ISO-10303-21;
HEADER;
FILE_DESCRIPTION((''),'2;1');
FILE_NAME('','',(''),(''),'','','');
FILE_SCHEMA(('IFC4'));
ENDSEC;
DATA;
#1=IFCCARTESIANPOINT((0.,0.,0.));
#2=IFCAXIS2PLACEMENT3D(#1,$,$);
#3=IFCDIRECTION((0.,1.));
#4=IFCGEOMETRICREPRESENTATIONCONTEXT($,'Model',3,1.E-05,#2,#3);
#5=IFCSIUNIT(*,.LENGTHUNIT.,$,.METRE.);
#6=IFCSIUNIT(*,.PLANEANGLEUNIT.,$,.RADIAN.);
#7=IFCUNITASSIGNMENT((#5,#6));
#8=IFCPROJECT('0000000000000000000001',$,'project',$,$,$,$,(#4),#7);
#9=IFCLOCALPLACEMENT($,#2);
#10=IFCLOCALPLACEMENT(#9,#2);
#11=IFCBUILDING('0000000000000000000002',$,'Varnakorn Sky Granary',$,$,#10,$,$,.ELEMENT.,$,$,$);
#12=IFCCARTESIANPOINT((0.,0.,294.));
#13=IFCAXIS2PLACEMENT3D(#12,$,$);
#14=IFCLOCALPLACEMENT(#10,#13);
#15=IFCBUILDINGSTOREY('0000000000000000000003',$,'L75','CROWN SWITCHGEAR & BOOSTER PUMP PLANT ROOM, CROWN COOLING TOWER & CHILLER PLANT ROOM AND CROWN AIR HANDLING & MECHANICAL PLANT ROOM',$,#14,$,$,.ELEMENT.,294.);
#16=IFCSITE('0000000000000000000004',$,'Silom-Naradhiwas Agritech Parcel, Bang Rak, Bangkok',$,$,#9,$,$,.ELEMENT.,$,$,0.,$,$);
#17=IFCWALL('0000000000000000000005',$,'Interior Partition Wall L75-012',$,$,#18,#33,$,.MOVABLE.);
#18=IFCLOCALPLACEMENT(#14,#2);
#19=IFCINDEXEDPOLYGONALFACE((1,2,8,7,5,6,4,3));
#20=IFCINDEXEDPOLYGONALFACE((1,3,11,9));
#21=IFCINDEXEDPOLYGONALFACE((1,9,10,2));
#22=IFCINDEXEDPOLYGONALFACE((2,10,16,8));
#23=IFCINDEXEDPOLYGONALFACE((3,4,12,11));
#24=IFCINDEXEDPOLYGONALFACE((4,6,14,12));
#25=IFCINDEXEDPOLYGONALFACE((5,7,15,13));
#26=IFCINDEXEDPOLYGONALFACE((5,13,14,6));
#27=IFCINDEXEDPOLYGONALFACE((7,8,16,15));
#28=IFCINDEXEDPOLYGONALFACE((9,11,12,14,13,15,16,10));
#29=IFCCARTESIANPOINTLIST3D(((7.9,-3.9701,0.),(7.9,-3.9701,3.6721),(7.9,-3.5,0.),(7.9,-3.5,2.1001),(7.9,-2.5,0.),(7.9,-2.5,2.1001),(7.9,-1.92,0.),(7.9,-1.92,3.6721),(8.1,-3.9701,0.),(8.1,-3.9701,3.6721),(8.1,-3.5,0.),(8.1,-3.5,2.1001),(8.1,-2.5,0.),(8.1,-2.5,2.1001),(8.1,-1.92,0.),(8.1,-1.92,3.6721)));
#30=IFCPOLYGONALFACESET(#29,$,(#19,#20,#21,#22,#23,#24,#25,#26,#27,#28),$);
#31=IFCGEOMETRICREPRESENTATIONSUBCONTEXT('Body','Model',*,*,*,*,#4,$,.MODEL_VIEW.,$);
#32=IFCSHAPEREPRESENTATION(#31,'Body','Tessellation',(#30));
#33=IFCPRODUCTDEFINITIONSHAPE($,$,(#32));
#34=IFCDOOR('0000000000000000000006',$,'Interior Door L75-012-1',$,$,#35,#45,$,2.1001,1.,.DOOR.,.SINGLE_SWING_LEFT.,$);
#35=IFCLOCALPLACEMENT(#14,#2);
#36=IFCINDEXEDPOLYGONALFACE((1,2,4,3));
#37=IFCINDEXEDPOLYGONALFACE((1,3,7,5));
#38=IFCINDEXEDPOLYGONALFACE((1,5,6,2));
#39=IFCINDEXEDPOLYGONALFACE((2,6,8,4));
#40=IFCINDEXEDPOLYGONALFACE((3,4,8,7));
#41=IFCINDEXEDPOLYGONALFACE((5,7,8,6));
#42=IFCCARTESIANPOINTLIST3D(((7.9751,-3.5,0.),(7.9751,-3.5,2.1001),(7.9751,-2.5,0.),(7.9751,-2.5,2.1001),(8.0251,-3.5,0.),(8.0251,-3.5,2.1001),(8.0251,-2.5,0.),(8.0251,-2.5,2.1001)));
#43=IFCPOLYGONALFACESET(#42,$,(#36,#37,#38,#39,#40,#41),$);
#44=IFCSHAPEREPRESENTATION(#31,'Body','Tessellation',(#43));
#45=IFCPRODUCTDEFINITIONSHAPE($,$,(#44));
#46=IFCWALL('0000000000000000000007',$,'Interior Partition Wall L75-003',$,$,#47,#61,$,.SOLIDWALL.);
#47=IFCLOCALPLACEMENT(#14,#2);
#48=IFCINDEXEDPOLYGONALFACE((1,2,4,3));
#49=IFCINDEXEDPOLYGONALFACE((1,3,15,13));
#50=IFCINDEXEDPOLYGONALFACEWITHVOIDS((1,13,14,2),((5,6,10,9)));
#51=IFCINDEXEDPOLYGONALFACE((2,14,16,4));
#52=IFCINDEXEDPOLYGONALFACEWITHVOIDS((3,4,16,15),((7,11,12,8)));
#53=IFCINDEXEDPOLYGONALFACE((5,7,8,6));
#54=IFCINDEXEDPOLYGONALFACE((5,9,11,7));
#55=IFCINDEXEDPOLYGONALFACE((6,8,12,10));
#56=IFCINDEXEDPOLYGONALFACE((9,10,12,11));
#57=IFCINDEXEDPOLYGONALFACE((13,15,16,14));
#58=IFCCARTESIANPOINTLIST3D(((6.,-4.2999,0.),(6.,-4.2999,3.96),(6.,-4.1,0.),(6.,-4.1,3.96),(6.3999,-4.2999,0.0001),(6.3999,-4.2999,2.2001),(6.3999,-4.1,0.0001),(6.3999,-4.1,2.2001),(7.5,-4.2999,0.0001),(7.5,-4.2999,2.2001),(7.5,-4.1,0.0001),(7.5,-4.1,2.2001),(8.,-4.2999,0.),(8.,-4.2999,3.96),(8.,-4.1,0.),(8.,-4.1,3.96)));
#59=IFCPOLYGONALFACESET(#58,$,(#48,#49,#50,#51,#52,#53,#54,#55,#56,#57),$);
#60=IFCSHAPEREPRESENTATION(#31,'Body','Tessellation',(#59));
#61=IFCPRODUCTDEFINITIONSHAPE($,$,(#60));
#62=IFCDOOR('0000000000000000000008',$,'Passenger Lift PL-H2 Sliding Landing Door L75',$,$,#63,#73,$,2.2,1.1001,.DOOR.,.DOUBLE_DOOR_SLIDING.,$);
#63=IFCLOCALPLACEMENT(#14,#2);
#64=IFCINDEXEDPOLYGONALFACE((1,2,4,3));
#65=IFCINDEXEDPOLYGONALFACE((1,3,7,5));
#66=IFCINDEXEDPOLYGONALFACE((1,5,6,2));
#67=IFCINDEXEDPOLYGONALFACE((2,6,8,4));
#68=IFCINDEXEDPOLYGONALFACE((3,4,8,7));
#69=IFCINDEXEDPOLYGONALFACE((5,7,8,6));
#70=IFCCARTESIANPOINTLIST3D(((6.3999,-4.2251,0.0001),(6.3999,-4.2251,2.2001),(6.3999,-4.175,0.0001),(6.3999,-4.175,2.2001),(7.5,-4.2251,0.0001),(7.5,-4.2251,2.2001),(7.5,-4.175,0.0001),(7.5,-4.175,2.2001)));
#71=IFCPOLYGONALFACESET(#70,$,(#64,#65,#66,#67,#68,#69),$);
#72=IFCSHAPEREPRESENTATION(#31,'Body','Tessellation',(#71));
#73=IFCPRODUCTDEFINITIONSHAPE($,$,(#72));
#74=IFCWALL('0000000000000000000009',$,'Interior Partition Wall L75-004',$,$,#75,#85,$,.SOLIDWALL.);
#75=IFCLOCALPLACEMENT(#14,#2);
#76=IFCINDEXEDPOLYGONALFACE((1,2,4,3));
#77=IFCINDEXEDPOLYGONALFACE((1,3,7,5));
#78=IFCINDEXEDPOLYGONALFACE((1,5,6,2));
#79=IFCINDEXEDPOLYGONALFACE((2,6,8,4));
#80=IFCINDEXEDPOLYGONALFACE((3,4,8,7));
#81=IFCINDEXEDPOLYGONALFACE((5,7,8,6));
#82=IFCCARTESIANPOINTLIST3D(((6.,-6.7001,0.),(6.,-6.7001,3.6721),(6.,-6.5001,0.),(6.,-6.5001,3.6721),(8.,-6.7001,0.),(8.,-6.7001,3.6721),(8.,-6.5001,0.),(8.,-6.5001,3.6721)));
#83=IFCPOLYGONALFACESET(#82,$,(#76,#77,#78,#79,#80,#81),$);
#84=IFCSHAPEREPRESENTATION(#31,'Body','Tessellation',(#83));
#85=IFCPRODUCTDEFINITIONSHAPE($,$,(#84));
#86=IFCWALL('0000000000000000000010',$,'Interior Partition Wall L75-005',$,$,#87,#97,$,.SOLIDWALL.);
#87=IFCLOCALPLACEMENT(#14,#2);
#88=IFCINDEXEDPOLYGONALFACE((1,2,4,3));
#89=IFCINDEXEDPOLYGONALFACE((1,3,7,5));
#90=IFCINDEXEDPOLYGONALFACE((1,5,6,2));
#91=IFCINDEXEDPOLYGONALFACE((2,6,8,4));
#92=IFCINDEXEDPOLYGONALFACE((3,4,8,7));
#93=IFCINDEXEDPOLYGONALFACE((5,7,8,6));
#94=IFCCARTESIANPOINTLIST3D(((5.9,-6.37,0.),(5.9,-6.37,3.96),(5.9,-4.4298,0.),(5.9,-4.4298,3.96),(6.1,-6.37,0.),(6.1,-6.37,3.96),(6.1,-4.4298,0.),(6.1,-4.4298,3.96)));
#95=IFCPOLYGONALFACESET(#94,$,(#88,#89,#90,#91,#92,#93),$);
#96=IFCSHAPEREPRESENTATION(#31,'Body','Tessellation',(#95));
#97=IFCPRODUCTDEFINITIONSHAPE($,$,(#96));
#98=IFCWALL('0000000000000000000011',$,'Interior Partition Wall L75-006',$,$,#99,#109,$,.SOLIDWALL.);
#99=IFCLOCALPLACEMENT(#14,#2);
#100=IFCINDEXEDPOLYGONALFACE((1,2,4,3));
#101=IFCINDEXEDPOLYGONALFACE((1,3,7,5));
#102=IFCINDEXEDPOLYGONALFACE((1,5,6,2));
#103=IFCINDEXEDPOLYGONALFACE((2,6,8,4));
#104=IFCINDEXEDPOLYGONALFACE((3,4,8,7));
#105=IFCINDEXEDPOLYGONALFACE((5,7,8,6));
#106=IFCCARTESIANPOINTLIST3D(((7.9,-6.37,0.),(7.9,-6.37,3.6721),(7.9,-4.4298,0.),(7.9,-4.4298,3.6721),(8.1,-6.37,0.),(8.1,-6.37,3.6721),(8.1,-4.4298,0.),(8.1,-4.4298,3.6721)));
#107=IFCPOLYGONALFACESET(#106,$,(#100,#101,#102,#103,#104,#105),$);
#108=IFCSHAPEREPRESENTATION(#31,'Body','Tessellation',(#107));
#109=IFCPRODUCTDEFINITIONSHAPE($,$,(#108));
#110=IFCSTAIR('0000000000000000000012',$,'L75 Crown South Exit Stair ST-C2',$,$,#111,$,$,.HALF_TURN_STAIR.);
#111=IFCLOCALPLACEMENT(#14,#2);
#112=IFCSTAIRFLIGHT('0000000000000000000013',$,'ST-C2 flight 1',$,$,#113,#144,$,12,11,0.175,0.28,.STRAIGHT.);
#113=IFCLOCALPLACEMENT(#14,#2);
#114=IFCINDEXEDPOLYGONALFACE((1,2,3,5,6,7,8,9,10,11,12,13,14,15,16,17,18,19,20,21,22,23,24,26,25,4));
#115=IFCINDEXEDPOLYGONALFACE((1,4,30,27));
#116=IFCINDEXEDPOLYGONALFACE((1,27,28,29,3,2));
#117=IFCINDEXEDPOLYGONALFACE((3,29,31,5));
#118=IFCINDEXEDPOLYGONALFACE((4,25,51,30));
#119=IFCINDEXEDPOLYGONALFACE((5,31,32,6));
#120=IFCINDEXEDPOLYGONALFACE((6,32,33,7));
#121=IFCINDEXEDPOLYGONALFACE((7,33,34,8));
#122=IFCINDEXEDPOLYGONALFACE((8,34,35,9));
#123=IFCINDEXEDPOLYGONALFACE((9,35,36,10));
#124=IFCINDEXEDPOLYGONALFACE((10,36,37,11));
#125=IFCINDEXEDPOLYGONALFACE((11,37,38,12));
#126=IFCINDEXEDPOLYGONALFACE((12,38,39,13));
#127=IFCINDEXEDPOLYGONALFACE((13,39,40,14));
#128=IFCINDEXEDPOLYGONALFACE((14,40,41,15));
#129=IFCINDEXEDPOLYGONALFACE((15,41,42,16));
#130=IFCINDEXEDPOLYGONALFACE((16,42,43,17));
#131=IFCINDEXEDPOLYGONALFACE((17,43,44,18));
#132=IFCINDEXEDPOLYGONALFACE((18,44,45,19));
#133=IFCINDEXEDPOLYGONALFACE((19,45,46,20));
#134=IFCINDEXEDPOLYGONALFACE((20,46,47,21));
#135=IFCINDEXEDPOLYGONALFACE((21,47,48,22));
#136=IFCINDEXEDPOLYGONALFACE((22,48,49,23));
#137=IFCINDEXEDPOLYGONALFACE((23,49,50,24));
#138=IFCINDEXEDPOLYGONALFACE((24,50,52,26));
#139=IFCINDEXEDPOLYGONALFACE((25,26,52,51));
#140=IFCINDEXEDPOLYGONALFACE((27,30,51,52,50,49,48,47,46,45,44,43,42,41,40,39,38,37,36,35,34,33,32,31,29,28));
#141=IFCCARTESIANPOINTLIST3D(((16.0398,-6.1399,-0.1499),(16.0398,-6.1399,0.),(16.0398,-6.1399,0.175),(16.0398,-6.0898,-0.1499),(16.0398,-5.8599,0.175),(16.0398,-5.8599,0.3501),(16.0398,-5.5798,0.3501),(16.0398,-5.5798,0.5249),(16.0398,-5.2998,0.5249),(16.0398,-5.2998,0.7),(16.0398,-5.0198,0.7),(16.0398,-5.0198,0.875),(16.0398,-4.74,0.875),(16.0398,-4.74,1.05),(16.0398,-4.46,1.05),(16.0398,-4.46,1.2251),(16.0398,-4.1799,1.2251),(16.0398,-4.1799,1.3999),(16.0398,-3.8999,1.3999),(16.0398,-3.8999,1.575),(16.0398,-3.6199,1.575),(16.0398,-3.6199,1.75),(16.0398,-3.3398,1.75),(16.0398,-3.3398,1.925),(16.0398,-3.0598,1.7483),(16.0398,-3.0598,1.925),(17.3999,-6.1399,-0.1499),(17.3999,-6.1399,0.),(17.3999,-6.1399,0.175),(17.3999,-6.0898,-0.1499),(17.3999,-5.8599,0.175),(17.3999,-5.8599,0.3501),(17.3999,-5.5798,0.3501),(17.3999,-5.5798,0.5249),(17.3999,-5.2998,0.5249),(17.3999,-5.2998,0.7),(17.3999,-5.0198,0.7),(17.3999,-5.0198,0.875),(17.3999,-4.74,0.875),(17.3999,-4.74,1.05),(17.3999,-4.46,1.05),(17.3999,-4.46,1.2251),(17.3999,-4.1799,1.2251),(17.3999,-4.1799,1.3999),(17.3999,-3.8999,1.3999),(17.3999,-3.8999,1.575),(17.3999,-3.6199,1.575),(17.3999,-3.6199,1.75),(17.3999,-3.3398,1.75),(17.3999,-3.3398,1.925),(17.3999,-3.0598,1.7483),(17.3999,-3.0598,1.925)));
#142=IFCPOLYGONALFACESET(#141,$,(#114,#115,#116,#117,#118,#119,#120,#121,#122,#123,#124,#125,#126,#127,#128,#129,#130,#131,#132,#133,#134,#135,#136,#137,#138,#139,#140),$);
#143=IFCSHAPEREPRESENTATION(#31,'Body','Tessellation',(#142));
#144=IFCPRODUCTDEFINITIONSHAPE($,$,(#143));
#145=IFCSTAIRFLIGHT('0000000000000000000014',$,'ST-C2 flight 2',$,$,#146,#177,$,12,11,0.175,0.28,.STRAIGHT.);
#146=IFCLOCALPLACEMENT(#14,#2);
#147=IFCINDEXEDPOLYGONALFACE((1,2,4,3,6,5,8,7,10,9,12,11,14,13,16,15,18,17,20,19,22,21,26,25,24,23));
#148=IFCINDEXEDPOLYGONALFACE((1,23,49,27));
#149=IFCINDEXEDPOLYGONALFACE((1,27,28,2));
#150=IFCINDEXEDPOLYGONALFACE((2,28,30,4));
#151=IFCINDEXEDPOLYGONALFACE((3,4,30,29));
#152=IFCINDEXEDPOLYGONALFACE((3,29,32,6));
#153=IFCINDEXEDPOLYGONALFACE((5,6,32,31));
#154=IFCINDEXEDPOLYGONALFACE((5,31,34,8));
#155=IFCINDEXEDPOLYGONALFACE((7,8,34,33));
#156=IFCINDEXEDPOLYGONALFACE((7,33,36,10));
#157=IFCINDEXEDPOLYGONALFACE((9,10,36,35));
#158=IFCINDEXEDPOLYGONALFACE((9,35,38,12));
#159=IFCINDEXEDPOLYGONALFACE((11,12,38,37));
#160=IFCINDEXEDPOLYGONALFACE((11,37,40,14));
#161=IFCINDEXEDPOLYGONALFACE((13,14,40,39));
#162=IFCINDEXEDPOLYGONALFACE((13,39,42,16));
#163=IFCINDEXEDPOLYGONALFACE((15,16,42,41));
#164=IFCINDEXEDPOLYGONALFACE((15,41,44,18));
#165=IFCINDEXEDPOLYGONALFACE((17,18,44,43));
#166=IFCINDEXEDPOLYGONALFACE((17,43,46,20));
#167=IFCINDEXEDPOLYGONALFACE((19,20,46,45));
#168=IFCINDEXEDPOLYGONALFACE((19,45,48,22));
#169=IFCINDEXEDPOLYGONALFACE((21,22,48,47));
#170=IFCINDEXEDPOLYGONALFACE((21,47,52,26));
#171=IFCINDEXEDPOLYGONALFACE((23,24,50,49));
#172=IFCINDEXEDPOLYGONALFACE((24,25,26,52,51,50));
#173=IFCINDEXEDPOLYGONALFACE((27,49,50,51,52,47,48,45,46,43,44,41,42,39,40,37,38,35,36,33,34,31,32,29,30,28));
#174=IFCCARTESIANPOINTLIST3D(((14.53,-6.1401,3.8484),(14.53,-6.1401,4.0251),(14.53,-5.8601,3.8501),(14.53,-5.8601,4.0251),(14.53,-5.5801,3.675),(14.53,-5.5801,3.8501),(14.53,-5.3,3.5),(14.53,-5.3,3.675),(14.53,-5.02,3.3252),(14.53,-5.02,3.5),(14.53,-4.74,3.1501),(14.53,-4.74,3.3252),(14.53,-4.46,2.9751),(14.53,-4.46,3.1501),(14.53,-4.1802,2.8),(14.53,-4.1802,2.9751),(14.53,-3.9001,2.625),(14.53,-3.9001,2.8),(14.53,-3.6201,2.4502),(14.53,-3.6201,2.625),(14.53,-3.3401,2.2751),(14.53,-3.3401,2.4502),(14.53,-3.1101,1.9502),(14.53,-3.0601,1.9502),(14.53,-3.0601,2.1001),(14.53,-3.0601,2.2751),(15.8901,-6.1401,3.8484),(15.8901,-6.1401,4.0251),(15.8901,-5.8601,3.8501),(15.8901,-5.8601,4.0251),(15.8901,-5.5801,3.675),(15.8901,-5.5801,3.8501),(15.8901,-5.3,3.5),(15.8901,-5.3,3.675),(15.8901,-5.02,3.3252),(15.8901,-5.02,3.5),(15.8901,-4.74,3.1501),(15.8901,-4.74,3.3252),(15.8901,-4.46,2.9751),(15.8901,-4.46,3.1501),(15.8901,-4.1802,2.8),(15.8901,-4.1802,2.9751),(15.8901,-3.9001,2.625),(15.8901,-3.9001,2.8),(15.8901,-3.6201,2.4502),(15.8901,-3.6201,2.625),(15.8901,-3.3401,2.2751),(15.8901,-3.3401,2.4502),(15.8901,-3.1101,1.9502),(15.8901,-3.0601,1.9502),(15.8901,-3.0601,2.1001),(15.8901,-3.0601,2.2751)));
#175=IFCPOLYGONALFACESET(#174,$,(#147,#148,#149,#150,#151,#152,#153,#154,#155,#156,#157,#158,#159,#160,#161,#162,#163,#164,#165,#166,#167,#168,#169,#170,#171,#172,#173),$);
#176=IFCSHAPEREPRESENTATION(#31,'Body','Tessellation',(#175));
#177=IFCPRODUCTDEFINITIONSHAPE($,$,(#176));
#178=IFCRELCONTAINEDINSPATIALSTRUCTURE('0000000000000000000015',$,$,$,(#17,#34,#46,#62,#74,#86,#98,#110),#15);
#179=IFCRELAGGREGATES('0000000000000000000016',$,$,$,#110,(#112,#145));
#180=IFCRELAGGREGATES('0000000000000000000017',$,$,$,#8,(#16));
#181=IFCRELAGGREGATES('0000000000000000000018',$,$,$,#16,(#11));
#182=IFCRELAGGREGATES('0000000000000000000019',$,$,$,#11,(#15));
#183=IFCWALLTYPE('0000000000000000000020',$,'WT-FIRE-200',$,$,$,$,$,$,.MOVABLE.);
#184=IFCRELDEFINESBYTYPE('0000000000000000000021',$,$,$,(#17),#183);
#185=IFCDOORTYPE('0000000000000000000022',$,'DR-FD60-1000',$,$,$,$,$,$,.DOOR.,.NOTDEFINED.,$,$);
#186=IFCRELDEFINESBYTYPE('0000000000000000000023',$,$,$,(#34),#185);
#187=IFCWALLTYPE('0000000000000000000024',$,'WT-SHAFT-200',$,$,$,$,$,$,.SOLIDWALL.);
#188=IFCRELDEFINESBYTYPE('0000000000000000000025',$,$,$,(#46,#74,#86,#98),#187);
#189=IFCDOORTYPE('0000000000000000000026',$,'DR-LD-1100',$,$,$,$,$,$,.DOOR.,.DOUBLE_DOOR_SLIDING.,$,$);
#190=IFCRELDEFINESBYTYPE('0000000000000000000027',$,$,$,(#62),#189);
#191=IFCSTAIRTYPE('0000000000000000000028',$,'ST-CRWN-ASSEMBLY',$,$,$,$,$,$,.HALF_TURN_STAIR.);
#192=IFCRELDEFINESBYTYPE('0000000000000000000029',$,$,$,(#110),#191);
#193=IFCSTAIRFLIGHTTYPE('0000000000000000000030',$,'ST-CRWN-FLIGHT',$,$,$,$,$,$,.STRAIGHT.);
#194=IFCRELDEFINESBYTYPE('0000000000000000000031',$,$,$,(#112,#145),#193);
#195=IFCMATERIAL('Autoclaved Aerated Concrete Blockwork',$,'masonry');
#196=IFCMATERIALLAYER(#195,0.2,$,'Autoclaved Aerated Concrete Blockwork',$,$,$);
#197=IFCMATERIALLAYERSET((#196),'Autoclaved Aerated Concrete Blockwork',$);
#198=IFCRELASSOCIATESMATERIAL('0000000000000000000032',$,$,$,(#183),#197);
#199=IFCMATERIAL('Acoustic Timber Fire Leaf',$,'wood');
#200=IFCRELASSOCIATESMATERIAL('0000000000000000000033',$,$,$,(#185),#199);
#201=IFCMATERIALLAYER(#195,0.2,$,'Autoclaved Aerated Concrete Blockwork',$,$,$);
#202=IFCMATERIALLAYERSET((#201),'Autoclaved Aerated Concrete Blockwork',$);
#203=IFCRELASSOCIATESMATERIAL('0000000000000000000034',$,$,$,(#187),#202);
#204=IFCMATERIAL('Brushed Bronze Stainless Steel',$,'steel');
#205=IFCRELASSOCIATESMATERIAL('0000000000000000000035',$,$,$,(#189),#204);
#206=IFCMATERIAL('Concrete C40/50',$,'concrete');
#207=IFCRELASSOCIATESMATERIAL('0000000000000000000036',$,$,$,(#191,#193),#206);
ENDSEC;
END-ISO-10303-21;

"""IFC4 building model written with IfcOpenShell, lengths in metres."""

from ifc_helpers import new_model, si_unit, direction, frame, frame_2d, origin, place, context, subcontext, project, spatial, polyline, rectangle, outline, extrude, material, layer, layer_set, type_object, element, fill, aggregate, save


model = new_model("IFC4")

# Units and contexts
model_context = context("Model", 3, precision=1e-05, world=origin(), true_north=direction((0.0, 1.0)))
body_context = subcontext(model_context, "Body", "Model", "MODEL_VIEW")
ifc_project = project(units=[si_unit("LENGTHUNIT", "METRE"), si_unit("PLANEANGLEUNIT", "RADIAN")], contexts=[model_context])

# Site, building, storey
site_placement = place(None, origin())
site = spatial("IfcSite", under=ifc_project, at=site_placement, Name="Silom-Naradhiwas Agritech Parcel, Bang Rak, Bangkok", CompositionType="ELEMENT", RefElevation=0.0)
building_placement = place(site_placement, origin())
building = spatial("IfcBuilding", under=site, at=building_placement, Name="Varnakorn Sky Granary", CompositionType="ELEMENT")
storey_placement = place(building_placement, frame((0.0, 0.0, 294.0)))
storey = spatial("IfcBuildingStorey", under=building, at=storey_placement, Name="L75", Description="CROWN SWITCHGEAR & BOOSTER PUMP PLANT ROOM, CROWN COOLING TOWER & CHILLER PLANT ROOM AND CROWN AIR HANDLING & MECHANICAL PLANT ROOM", CompositionType="ELEMENT", Elevation=294.0)

# Walls, openings, doors
ifc_material_1 = material(Name="Autoclaved Aerated Concrete Blockwork", Category="masonry")
ifc_layer_1 = layer(ifc_material_1, 0.2, Name="Autoclaved Aerated Concrete Blockwork")
ifc_layer_set_1 = layer_set([ifc_layer_1], Name="Autoclaved Aerated Concrete Blockwork")
wall_type_1 = type_object("IfcWallType", Name="WT-FIRE-200", PredefinedType="MOVABLE", material=ifc_layer_set_1)
wall_1_placement = place(storey_placement, frame((8.0, -3.97, 0.0), z_axis=(0.0, 0.0, 1.0), x_axis=(0.0, 1.0, 0.0)))
wall_1 = element("IfcWall", 1, at=wall_1_placement, inside=storey, type_object=wall_type_1, Name="Interior Partition Wall L75-012", PredefinedType="MOVABLE", context=body_context, shape_type="SweptSolid", body=[
    extrude(rectangle(XDim=2.05, YDim=0.2, at=frame_2d((1.0249, 0.0))), origin(), (0.0, 0.0, 1.0), 3.6721),
])
opening_1_placement = place(wall_1_placement, frame((0.47, 0.0, 0.0)))
opening_1 = element("IfcOpeningElement", 2, at=opening_1_placement, cuts=wall_1, PredefinedType="OPENING", context=body_context, shape_type="SweptSolid", body=[
    extrude(rectangle(XDim=1.0, YDim=2.1001, at=frame_2d((0.5, 1.05))), frame((0.0, 0.1099, 0.0), z_axis=(0.0, -1.0, 0.0), x_axis=(1.0, 0.0, 0.0)), (0.0, 0.0, 1.0), 0.22),
])
ifc_material_2 = material(Name="Acoustic Timber Fire Leaf", Category="wood")
door_type_1 = type_object("IfcDoorType", Name="DR-FD60-1000", OperationType="NOTDEFINED", PredefinedType="DOOR", material=ifc_material_2)
door_1_placement = place(opening_1_placement, origin())
door_1 = element("IfcDoor", 3, at=door_1_placement, inside=storey, type_object=door_type_1, Name="Interior Door L75-012-1", OperationType="SINGLE_SWING_LEFT", OverallHeight=2.1001, OverallWidth=1.0, PredefinedType="DOOR", context=body_context, shape_type="SweptSolid", body=[
    extrude(rectangle(XDim=1.0, YDim=2.1001, at=frame_2d((0.5, 1.05))), frame((0.0, 0.0249, 0.0), z_axis=(0.0, -1.0, 0.0), x_axis=(1.0, 0.0, 0.0)), (0.0, 0.0, 1.0), 0.05),
])
fill(opening_1, door_1)
ifc_layer_2 = layer(ifc_material_1, 0.2, Name="Autoclaved Aerated Concrete Blockwork")
ifc_layer_set_2 = layer_set([ifc_layer_2], Name="Autoclaved Aerated Concrete Blockwork")
wall_type_2 = type_object("IfcWallType", Name="WT-SHAFT-200", PredefinedType="SOLIDWALL", material=ifc_layer_set_2)
wall_2_placement = place(storey_placement, frame((6.0, -4.2, 0.0), z_axis=(0.0, 0.0, 1.0), x_axis=(1.0, 0.0, 0.0)))
wall_2 = element("IfcWall", 4, at=wall_2_placement, inside=storey, type_object=wall_type_2, Name="Interior Partition Wall L75-003", PredefinedType="SOLIDWALL", context=body_context, shape_type="SweptSolid", body=[
    extrude(rectangle(XDim=2.0, YDim=0.2, at=frame_2d((1.0, 0.0))), origin(), (0.0, 0.0, 1.0), 3.96),
])
opening_2_placement = place(wall_2_placement, frame((0.3999, 0.0, 0.0)))
opening_2 = element("IfcOpeningElement", 5, at=opening_2_placement, cuts=wall_2, PredefinedType="OPENING", context=body_context, shape_type="SweptSolid", body=[
    extrude(rectangle(XDim=1.1001, YDim=2.2, at=frame_2d((0.55, 1.1001))), frame((0.0, 0.1099, 0.0), z_axis=(0.0, -1.0, 0.0), x_axis=(1.0, 0.0, 0.0)), (0.0, 0.0, 1.0), 0.22),
])
ifc_material_3 = material(Name="Brushed Bronze Stainless Steel", Category="steel")
door_type_2 = type_object("IfcDoorType", Name="DR-LD-1100", OperationType="DOUBLE_DOOR_SLIDING", PredefinedType="DOOR", material=ifc_material_3)
door_2_placement = place(opening_2_placement, origin())
door_2 = element("IfcDoor", 6, at=door_2_placement, inside=storey, type_object=door_type_2, Name="Passenger Lift PL-H2 Sliding Landing Door L75", OperationType="DOUBLE_DOOR_SLIDING", OverallHeight=2.2, OverallWidth=1.1001, PredefinedType="DOOR", context=body_context, shape_type="SweptSolid", body=[
    extrude(rectangle(XDim=1.1001, YDim=2.2, at=frame_2d((0.55, 1.1001))), frame((0.0, 0.0249, 0.0), z_axis=(0.0, -1.0, 0.0), x_axis=(1.0, 0.0, 0.0)), (0.0, 0.0, 1.0), 0.05),
])
fill(opening_2, door_2)

# Walls
wall_3_placement = place(storey_placement, frame((6.0, -6.6001, 0.0), z_axis=(0.0, 0.0, 1.0), x_axis=(1.0, 0.0, 0.0)))
element("IfcWall", 7, at=wall_3_placement, inside=storey, type_object=wall_type_2, Name="Interior Partition Wall L75-004", PredefinedType="SOLIDWALL", context=body_context, shape_type="SweptSolid", body=[
    extrude(rectangle(XDim=2.0, YDim=0.2, at=frame_2d((1.0, 0.0))), origin(), (0.0, 0.0, 1.0), 3.6721),
])
wall_4_placement = place(storey_placement, frame((6.0, -6.3701, 0.0), z_axis=(0.0, 0.0, 1.0), x_axis=(0.0, 1.0, 0.0)))
element("IfcWall", 8, at=wall_4_placement, inside=storey, type_object=wall_type_2, Name="Interior Partition Wall L75-005", PredefinedType="SOLIDWALL", context=body_context, shape_type="SweptSolid", body=[
    extrude(rectangle(XDim=1.9402, YDim=0.2, at=frame_2d((0.9702, 0.0))), origin(), (0.0, 0.0, 1.0), 3.96),
])
wall_5_placement = place(storey_placement, frame((8.0, -6.3701, 0.0), z_axis=(0.0, 0.0, 1.0), x_axis=(0.0, 1.0, 0.0)))
element("IfcWall", 9, at=wall_5_placement, inside=storey, type_object=wall_type_2, Name="Interior Partition Wall L75-006", PredefinedType="SOLIDWALL", context=body_context, shape_type="SweptSolid", body=[
    extrude(rectangle(XDim=1.9402, YDim=0.2, at=frame_2d((0.9702, 0.0))), origin(), (0.0, 0.0, 1.0), 3.6721),
])

# Stair, stair flights
ifc_material_4 = material(Name="Concrete C40/50", Category="concrete")
stair_type = type_object("IfcStairType", Name="ST-CRWN-ASSEMBLY", PredefinedType="HALF_TURN_STAIR", material=ifc_material_4)
stair_placement = place(storey_placement, origin())
stair = element("IfcStair", 10, at=stair_placement, inside=storey, type_object=stair_type, Name="L75 Crown South Exit Stair ST-C2", PredefinedType="HALF_TURN_STAIR")
stair_flight_type = type_object("IfcStairFlightType", Name="ST-CRWN-FLIGHT", PredefinedType="STRAIGHT", material=ifc_material_4)
stair_flight_1_placement = place(storey_placement, frame((16.72, -6.1399, 0.0), z_axis=(0.0, 0.0, 1.0), x_axis=(0.0, 1.0, 0.0)))
stair_flight_1 = element("IfcStairFlight", 11, at=stair_flight_1_placement, type_object=stair_flight_type, Name="ST-C2 flight 1", NumberOfRisers=12, NumberOfTreads=11, PredefinedType="STRAIGHT", RiserHeight=0.175, TreadLength=0.28, context=body_context, shape_type="SweptSolid", body=[
    extrude(outline(polyline([(0.0, -0.1499), (0.0, 0.0), (0.0, 0.175), (0.28, 0.175), (0.28, 0.3501), (0.5601, 0.3501), (0.5601, 0.5249), (0.8401, 0.5249), (0.8401, 0.7), (1.1201, 0.7), (1.1201, 0.875), (1.3999, 0.875), (1.3999, 1.05), (1.6799, 1.05), (1.6799, 1.2251), (1.96, 1.2251), (1.96, 1.3999), (2.24, 1.3999), (2.24, 1.575), (2.52, 1.575), (2.52, 1.75), (2.8, 1.75), (2.8, 1.925), (3.0801, 1.925), (3.0801, 2.1001), (3.0801, 1.7483), (0.05, -0.1499), (0.0, -0.1499)])), frame((0.0, 0.6802, 0.0), z_axis=(0.0, -1.0, 0.0), x_axis=(1.0, 0.0, 0.0)), (0.0, 0.0, 1.0), 1.3601),
])
stair_flight_2_placement = place(storey_placement, frame((15.21, -3.0601, 2.1001), z_axis=(0.0, 0.0, 1.0), x_axis=(0.0, -1.0, 0.0)))
stair_flight_2 = element("IfcStairFlight", 12, at=stair_flight_2_placement, type_object=stair_flight_type, Name="ST-C2 flight 2", NumberOfRisers=12, NumberOfTreads=11, PredefinedType="STRAIGHT", RiserHeight=0.175, TreadLength=0.28, context=body_context, shape_type="SweptSolid", body=[
    extrude(outline(polyline([(0.0, -0.1499), (0.0, 0.0), (0.0, 0.175), (0.28, 0.175), (0.28, 0.3501), (0.5601, 0.3501), (0.5601, 0.5249), (0.8401, 0.5249), (0.8401, 0.7), (1.1201, 0.7), (1.1201, 0.875), (1.3999, 0.875), (1.3999, 1.05), (1.6799, 1.05), (1.6799, 1.2251), (1.96, 1.2251), (1.96, 1.3999), (2.24, 1.3999), (2.24, 1.575), (2.52, 1.575), (2.52, 1.75), (2.8, 1.75), (2.8, 1.925), (3.0801, 1.925), (3.0801, 2.1001), (3.0801, 1.7483), (0.05, -0.1499), (0.0, -0.1499)])), frame((0.0, 0.6802, 0.0), z_axis=(0.0, -1.0, 0.0), x_axis=(1.0, 0.0, 0.0)), (0.0, 0.0, 1.0), 1.3601),
])
aggregate(stair, [stair_flight_1, stair_flight_2])

save(model, "model.ifc")
